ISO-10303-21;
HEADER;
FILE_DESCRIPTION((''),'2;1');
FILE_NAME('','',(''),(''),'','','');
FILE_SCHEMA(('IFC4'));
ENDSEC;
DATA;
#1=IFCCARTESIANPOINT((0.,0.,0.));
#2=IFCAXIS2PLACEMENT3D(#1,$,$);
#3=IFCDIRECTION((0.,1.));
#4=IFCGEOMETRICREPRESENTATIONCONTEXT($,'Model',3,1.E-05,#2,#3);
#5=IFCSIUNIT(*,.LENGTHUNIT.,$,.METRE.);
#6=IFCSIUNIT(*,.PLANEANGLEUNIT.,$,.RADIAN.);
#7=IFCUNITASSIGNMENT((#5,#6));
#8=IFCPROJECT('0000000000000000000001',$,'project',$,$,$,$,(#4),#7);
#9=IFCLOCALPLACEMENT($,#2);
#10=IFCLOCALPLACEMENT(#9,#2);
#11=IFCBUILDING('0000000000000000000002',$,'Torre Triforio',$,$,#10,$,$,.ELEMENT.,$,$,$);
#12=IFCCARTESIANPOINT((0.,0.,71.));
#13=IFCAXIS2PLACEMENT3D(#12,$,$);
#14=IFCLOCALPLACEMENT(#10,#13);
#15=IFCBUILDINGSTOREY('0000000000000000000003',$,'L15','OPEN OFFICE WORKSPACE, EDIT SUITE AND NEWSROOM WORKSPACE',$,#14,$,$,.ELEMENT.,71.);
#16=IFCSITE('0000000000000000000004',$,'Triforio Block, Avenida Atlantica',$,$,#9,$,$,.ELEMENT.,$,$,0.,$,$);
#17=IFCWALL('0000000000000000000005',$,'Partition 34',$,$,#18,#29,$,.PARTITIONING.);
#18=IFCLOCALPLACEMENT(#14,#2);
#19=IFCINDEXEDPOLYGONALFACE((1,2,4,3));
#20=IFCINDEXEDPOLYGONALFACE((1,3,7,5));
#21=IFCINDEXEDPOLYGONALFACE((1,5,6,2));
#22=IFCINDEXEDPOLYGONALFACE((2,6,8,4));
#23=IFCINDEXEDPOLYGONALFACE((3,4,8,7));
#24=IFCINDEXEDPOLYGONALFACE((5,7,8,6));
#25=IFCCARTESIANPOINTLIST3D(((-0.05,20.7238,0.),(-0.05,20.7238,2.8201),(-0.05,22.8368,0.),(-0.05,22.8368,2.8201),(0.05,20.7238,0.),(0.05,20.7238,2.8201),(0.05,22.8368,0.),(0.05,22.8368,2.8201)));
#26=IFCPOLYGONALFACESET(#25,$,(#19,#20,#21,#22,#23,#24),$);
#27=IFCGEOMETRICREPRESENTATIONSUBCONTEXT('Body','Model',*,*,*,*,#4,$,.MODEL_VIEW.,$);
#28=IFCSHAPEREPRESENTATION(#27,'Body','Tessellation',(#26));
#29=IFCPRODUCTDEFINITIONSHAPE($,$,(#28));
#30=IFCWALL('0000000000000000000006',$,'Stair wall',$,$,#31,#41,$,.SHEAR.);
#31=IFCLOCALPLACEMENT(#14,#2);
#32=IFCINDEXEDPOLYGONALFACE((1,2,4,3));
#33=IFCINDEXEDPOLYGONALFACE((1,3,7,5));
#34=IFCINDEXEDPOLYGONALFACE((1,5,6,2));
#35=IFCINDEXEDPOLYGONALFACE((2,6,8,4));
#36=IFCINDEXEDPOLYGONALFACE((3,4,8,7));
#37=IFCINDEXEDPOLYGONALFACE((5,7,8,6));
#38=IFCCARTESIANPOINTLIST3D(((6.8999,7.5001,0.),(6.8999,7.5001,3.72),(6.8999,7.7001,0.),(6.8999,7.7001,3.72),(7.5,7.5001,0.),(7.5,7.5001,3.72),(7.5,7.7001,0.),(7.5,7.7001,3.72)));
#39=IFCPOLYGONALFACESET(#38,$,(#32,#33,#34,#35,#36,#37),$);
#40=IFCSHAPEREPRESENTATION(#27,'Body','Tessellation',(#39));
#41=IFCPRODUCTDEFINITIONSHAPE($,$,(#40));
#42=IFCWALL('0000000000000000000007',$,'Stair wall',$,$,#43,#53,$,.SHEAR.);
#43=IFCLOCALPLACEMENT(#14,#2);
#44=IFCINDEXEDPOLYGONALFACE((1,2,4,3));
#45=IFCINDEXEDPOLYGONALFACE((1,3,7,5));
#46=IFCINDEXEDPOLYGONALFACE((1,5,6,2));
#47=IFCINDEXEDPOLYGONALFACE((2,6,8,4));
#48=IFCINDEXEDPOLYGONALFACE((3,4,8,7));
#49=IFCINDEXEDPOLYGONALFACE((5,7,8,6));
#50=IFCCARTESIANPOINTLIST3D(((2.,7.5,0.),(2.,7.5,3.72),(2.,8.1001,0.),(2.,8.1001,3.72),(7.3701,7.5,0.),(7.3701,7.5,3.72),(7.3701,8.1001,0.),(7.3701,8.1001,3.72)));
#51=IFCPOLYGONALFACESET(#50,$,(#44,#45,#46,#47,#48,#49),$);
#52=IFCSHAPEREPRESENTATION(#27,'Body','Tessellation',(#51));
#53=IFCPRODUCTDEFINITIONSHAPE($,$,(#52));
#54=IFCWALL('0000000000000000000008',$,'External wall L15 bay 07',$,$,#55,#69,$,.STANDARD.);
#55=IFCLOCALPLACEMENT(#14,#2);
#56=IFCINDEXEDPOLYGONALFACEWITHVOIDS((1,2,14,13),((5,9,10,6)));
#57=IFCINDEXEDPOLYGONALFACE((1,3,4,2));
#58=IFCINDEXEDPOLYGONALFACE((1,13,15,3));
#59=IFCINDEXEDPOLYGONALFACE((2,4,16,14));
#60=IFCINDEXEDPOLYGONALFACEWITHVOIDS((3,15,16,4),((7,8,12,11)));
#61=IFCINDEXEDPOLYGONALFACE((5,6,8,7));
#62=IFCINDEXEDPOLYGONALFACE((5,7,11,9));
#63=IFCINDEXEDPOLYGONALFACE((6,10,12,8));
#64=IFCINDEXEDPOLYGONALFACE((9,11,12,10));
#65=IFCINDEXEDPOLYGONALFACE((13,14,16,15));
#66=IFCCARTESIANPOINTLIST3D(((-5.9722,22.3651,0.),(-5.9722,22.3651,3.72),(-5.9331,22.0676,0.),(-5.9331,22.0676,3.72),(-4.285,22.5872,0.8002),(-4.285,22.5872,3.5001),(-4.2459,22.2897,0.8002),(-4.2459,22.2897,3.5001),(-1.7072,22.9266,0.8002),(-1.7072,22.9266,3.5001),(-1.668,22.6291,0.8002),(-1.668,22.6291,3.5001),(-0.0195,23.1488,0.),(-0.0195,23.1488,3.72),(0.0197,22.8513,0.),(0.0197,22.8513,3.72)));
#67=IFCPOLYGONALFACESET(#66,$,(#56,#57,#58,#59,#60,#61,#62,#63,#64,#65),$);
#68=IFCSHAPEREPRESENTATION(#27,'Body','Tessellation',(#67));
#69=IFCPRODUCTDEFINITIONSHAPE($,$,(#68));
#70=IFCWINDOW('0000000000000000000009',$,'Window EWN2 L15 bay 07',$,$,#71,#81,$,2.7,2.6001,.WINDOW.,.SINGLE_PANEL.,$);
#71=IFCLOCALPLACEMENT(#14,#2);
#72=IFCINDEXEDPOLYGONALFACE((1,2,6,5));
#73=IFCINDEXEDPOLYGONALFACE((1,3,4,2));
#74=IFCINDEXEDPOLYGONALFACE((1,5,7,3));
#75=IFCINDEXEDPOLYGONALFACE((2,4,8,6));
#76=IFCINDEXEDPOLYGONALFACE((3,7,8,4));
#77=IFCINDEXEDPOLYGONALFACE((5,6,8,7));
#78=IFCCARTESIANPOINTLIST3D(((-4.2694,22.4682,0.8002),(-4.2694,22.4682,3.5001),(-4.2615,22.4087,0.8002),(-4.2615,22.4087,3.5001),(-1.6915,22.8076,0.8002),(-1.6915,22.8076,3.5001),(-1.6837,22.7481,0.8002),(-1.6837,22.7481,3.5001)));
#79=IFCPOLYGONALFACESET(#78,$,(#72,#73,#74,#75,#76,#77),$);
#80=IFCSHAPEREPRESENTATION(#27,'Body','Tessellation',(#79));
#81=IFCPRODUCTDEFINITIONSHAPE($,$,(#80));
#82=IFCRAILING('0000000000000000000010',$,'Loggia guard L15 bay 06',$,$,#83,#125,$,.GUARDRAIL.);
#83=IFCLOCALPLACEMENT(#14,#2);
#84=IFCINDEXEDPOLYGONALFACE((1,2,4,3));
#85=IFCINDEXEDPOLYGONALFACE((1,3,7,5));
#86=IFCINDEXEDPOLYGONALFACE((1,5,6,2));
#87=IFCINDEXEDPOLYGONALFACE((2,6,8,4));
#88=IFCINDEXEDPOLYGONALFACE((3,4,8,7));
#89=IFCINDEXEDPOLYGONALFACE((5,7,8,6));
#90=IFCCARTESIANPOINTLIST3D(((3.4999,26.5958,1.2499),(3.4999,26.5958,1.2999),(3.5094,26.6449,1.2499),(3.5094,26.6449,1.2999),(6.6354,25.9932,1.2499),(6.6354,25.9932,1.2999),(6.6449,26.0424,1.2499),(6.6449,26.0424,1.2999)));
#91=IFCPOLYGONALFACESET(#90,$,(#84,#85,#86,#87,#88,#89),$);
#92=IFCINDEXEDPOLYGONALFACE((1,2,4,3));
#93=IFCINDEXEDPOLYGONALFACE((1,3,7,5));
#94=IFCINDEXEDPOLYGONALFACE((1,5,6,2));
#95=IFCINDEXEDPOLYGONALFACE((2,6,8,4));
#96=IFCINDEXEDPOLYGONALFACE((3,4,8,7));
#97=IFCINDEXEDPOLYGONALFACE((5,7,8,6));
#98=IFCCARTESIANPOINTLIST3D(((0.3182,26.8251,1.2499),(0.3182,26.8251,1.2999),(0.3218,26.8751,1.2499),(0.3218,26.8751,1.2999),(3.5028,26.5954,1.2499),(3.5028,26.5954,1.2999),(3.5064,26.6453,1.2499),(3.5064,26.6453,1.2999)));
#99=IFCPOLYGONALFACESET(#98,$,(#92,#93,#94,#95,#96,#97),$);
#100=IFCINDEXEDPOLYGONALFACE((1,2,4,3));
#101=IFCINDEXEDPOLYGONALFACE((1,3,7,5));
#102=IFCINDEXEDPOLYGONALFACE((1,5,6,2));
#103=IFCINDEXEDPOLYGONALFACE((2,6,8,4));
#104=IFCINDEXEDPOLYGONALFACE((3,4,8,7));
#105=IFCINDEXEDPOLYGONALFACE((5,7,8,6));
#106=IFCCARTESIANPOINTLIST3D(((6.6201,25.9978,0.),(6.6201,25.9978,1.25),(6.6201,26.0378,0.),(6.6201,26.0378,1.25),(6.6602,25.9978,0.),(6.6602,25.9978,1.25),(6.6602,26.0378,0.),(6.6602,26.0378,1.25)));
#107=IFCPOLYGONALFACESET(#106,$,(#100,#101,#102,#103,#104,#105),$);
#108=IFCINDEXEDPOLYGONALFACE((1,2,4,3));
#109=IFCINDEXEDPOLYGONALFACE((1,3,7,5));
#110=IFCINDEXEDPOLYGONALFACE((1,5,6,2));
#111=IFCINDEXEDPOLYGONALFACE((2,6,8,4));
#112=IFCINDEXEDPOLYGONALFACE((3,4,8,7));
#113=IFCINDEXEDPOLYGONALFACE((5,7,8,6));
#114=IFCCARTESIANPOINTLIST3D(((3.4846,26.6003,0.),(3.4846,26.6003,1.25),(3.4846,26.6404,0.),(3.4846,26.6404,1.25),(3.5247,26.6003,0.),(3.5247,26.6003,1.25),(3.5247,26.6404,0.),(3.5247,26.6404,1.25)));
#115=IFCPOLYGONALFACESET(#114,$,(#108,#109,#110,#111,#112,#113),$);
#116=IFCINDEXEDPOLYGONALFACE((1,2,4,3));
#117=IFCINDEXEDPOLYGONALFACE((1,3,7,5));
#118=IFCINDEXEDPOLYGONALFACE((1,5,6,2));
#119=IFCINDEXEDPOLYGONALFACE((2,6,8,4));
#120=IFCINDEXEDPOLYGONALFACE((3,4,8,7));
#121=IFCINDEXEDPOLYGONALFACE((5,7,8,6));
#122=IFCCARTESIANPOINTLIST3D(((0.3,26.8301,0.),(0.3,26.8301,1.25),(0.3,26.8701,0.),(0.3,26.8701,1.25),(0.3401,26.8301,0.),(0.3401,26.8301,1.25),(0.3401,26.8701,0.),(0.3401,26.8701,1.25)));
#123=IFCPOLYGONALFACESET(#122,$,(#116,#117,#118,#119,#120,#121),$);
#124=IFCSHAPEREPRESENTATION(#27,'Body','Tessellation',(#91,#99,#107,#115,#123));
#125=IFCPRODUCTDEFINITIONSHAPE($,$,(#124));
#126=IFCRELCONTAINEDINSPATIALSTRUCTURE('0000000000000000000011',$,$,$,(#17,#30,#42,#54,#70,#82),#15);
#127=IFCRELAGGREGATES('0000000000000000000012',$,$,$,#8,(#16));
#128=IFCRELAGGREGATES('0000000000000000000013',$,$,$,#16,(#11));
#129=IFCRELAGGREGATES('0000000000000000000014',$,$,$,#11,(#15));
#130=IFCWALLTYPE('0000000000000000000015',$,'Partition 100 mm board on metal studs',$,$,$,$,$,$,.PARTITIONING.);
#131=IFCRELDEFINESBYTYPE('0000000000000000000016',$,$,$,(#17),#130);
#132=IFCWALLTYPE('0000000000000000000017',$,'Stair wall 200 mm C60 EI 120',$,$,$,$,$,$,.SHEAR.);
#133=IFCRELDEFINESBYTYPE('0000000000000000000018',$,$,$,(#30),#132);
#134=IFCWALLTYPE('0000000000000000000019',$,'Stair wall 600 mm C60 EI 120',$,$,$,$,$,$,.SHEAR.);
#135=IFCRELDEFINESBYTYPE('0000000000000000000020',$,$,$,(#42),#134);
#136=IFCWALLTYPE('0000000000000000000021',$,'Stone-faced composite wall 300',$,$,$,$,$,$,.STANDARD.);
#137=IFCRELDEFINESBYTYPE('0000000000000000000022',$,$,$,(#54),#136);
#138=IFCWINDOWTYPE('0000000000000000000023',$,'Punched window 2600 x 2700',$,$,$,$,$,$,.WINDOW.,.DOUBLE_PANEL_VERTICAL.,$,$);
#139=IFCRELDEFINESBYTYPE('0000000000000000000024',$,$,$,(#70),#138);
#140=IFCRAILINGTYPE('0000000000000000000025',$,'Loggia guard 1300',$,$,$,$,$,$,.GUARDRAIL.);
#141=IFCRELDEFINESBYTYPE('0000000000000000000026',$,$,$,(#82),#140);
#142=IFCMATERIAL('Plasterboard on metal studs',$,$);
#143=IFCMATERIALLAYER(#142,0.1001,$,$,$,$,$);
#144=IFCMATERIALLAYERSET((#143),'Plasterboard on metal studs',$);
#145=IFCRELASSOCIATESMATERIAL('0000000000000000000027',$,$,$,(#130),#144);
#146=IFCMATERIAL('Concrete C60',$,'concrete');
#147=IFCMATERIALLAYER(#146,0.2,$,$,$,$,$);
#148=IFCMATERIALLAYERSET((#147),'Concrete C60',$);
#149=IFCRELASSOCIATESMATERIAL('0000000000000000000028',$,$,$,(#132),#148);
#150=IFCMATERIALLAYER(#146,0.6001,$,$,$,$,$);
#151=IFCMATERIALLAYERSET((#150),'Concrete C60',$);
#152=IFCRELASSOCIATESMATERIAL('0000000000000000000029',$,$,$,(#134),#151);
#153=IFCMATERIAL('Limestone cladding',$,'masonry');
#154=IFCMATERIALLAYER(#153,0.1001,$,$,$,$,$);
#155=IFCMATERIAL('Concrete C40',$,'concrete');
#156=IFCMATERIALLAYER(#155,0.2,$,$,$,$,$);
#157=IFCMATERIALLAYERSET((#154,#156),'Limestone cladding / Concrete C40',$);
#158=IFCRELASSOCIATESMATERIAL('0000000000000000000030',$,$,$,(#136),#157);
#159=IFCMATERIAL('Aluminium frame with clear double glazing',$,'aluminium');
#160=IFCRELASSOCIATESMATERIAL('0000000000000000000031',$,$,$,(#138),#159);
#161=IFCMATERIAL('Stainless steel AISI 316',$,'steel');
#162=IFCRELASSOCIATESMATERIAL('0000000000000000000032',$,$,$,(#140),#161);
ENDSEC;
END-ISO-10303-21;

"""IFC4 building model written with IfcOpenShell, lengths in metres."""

from ifc_helpers import new_model, si_unit, direction, frame, frame_2d, origin, origin_2d, place, context, subcontext, project, spatial, rectangle, extrude, material, layer, layer_set, type_object, element, fill, save


model = new_model("IFC4")

# Units and contexts
model_context = context("Model", 3, precision=1e-05, world=origin(), true_north=direction((0.0, 1.0)))
body_context = subcontext(model_context, "Body", "Model", "MODEL_VIEW")
ifc_project = project(units=[si_unit("LENGTHUNIT", "METRE"), si_unit("PLANEANGLEUNIT", "RADIAN")], contexts=[model_context])

# Site, building, storey
site_placement = place(None, origin())
site = spatial("IfcSite", under=ifc_project, at=site_placement, Name="Triforio Block, Avenida Atlantica", CompositionType="ELEMENT", RefElevation=0.0)
building_placement = place(site_placement, origin())
building = spatial("IfcBuilding", under=site, at=building_placement, Name="Torre Triforio", CompositionType="ELEMENT")
storey_placement = place(building_placement, frame((0.0, 0.0, 71.0)))
storey = spatial("IfcBuildingStorey", under=building, at=storey_placement, Name="L15", Description="OPEN OFFICE WORKSPACE, EDIT SUITE AND NEWSROOM WORKSPACE", CompositionType="ELEMENT", Elevation=71.0)

# Shared definitions
ifc_material_1 = material(Name="Concrete C60", Category="concrete")
ifc_material_2 = material(Name="Plasterboard on metal studs")

# Walls
ifc_layer_1 = layer(ifc_material_2, 0.1001)
ifc_layer_set_1 = layer_set([ifc_layer_1], Name="Plasterboard on metal studs")
wall_type_1 = type_object("IfcWallType", Name="Partition 100 mm board on metal studs", PredefinedType="PARTITIONING", material=ifc_layer_set_1)
wall_1_placement = place(storey_placement, frame((0.0, 20.7236, 0.0), z_axis=(0.0, 0.0, 1.0), x_axis=(0.0, 1.0, 0.0)))
element("IfcWall", 1, at=wall_1_placement, inside=storey, type_object=wall_type_1, Name="Partition 34", PredefinedType="PARTITIONING", context=body_context, shape_type="SweptSolid", body=[
    extrude(rectangle(XDim=2.113, YDim=0.1001, at=frame_2d((1.0566, 0.0))), origin(), (0.0, 0.0, 1.0), 2.8201),
])
ifc_layer_2 = layer(ifc_material_1, 0.2)
ifc_layer_set_2 = layer_set([ifc_layer_2], Name="Concrete C60")
wall_type_2 = type_object("IfcWallType", Name="Stair wall 200 mm C60 EI 120", PredefinedType="SHEAR", material=ifc_layer_set_2)
wall_2_placement = place(storey_placement, frame((6.8999, 7.6001, 0.0), z_axis=(0.0, 0.0, 1.0), x_axis=(1.0, 0.0, 0.0)))
element("IfcWall", 2, at=wall_2_placement, inside=storey, type_object=wall_type_2, Name="Stair wall", PredefinedType="SHEAR", context=body_context, shape_type="SweptSolid", body=[
    extrude(rectangle(XDim=0.6001, YDim=0.2, at=frame_2d((0.3, 0.0))), origin(), (0.0, 0.0, 1.0), 3.72),
])
ifc_layer_3 = layer(ifc_material_1, 0.6001)
ifc_layer_set_3 = layer_set([ifc_layer_3], Name="Concrete C60")
wall_type_3 = type_object("IfcWallType", Name="Stair wall 600 mm C60 EI 120", PredefinedType="SHEAR", material=ifc_layer_set_3)
wall_3_placement = place(storey_placement, frame((2.0, 7.8, 0.0), z_axis=(0.0, 0.0, 1.0), x_axis=(1.0, 0.0, 0.0)))
element("IfcWall", 3, at=wall_3_placement, inside=storey, type_object=wall_type_3, Name="Stair wall", PredefinedType="SHEAR", context=body_context, shape_type="SweptSolid", body=[
    extrude(rectangle(XDim=5.3701, YDim=0.6001, at=frame_2d((2.6851, 0.0))), origin(), (0.0, 0.0, 1.0), 3.72),
])

# Shared definitions
ifc_material_3 = material(Name="Limestone cladding", Category="masonry")
ifc_layer_4 = layer(ifc_material_3, 0.1001)
ifc_material_4 = material(Name="Concrete C40", Category="concrete")
ifc_layer_5 = layer(ifc_material_4, 0.2)
ifc_layer_set_4 = layer_set([ifc_layer_4, ifc_layer_5], Name="Limestone cladding / Concrete C40")
wall_type_4 = type_object("IfcWallType", Name="Stone-faced composite wall 300", PredefinedType="STANDARD", material=ifc_layer_set_4)
ifc_material_5 = material(Name="Aluminium frame with clear double glazing", Category="aluminium")

# Wall, opening, window
wall_4_placement = place(storey_placement, frame((0.0, 23.0, 0.0), z_axis=(0.0, 0.0, 1.0), x_axis=(-0.991445, -0.130523, 0.0)))
wall_4 = element("IfcWall", 4, at=wall_4_placement, inside=storey, type_object=wall_type_4, Name="External wall L15 bay 07", PredefinedType="STANDARD", context=body_context, shape_type="SweptSolid", body=[
    extrude(rectangle(XDim=6.0042, YDim=0.3, at=frame_2d((3.002, 0.0))), origin(), (0.0, 0.0, 1.0), 3.72),
])
opening_1_placement = place(wall_4_placement, frame((1.7021, 0.0, 0.8)))
opening_1 = element("IfcOpeningElement", 5, at=opening_1_placement, cuts=wall_4, PredefinedType="OPENING", context=body_context, shape_type="SweptSolid", body=[
    extrude(rectangle(XDim=2.6001, YDim=2.7, at=frame_2d((1.3, 1.3501))), frame((0.0, 0.1599, 0.0), z_axis=(0.0, -1.0, 0.0), x_axis=(1.0, 0.0, 0.0)), (0.0, 0.0, 1.0), 0.3201),
])
window_type_1 = type_object("IfcWindowType", Name="Punched window 2600 x 2700", PartitioningType="DOUBLE_PANEL_VERTICAL", PredefinedType="WINDOW", material=ifc_material_5)
window_1_placement = place(opening_1_placement, origin())
window_1 = element("IfcWindow", 6, at=window_1_placement, inside=storey, type_object=window_type_1, Name="Window EWN2 L15 bay 07", OverallHeight=2.7, OverallWidth=2.6001, PartitioningType="SINGLE_PANEL", PredefinedType="WINDOW", context=body_context, shape_type="SweptSolid", body=[
    extrude(rectangle(XDim=2.6001, YDim=2.7, at=frame_2d((1.3, 1.3501))), frame((0.0, 0.03, 0.0), z_axis=(0.0, -1.0, 0.0), x_axis=(1.0, 0.0, 0.0)), (0.0, 0.0, 1.0), 0.0601),
])
fill(opening_1, window_1)

# Railing
ifc_material_6 = material(Name="Stainless steel AISI 316", Category="steel")
railing_type = type_object("IfcRailingType", Name="Loggia guard 1300", PredefinedType="GUARDRAIL", material=ifc_material_6)
railing_placement = place(storey_placement, frame((6.6401, 26.0178, 0.0)))
element("IfcRailing", 7, at=railing_placement, inside=storey, type_object=railing_type, Name="Loggia guard L15 bay 06", PredefinedType="GUARDRAIL", context=body_context, shape_type="SweptSolid", body=[
    extrude(rectangle(XDim=0.05, YDim=0.05, at=origin_2d()), frame((0.0, 0.0, 1.2749), z_axis=(-0.982032, 0.188714, 0.0), x_axis=(-0.188714, -0.982032, 0.0)), (0.0, 0.0, 1.0), 3.1929),
    extrude(rectangle(XDim=0.05, YDim=0.05, at=origin_2d()), frame((-3.1355, 0.6025, 1.2749), z_axis=(-0.997408, 0.071953, 0.0), x_axis=(-0.071953, -0.997408, 0.0)), (0.0, 0.0, 1.0), 3.1929),
    extrude(rectangle(XDim=0.04, YDim=0.04, at=origin_2d()), origin(), (0.0, 0.0, 1.0), 1.25),
    extrude(rectangle(XDim=0.04, YDim=0.04, at=origin_2d()), frame((-3.1355, 0.6025, 0.0)), (0.0, 0.0, 1.0), 1.25),
    extrude(rectangle(XDim=0.04, YDim=0.04, at=origin_2d()), frame((-6.3201, 0.8323, 0.0)), (0.0, 0.0, 1.0), 1.25),
])

save(model, "model.ifc")
